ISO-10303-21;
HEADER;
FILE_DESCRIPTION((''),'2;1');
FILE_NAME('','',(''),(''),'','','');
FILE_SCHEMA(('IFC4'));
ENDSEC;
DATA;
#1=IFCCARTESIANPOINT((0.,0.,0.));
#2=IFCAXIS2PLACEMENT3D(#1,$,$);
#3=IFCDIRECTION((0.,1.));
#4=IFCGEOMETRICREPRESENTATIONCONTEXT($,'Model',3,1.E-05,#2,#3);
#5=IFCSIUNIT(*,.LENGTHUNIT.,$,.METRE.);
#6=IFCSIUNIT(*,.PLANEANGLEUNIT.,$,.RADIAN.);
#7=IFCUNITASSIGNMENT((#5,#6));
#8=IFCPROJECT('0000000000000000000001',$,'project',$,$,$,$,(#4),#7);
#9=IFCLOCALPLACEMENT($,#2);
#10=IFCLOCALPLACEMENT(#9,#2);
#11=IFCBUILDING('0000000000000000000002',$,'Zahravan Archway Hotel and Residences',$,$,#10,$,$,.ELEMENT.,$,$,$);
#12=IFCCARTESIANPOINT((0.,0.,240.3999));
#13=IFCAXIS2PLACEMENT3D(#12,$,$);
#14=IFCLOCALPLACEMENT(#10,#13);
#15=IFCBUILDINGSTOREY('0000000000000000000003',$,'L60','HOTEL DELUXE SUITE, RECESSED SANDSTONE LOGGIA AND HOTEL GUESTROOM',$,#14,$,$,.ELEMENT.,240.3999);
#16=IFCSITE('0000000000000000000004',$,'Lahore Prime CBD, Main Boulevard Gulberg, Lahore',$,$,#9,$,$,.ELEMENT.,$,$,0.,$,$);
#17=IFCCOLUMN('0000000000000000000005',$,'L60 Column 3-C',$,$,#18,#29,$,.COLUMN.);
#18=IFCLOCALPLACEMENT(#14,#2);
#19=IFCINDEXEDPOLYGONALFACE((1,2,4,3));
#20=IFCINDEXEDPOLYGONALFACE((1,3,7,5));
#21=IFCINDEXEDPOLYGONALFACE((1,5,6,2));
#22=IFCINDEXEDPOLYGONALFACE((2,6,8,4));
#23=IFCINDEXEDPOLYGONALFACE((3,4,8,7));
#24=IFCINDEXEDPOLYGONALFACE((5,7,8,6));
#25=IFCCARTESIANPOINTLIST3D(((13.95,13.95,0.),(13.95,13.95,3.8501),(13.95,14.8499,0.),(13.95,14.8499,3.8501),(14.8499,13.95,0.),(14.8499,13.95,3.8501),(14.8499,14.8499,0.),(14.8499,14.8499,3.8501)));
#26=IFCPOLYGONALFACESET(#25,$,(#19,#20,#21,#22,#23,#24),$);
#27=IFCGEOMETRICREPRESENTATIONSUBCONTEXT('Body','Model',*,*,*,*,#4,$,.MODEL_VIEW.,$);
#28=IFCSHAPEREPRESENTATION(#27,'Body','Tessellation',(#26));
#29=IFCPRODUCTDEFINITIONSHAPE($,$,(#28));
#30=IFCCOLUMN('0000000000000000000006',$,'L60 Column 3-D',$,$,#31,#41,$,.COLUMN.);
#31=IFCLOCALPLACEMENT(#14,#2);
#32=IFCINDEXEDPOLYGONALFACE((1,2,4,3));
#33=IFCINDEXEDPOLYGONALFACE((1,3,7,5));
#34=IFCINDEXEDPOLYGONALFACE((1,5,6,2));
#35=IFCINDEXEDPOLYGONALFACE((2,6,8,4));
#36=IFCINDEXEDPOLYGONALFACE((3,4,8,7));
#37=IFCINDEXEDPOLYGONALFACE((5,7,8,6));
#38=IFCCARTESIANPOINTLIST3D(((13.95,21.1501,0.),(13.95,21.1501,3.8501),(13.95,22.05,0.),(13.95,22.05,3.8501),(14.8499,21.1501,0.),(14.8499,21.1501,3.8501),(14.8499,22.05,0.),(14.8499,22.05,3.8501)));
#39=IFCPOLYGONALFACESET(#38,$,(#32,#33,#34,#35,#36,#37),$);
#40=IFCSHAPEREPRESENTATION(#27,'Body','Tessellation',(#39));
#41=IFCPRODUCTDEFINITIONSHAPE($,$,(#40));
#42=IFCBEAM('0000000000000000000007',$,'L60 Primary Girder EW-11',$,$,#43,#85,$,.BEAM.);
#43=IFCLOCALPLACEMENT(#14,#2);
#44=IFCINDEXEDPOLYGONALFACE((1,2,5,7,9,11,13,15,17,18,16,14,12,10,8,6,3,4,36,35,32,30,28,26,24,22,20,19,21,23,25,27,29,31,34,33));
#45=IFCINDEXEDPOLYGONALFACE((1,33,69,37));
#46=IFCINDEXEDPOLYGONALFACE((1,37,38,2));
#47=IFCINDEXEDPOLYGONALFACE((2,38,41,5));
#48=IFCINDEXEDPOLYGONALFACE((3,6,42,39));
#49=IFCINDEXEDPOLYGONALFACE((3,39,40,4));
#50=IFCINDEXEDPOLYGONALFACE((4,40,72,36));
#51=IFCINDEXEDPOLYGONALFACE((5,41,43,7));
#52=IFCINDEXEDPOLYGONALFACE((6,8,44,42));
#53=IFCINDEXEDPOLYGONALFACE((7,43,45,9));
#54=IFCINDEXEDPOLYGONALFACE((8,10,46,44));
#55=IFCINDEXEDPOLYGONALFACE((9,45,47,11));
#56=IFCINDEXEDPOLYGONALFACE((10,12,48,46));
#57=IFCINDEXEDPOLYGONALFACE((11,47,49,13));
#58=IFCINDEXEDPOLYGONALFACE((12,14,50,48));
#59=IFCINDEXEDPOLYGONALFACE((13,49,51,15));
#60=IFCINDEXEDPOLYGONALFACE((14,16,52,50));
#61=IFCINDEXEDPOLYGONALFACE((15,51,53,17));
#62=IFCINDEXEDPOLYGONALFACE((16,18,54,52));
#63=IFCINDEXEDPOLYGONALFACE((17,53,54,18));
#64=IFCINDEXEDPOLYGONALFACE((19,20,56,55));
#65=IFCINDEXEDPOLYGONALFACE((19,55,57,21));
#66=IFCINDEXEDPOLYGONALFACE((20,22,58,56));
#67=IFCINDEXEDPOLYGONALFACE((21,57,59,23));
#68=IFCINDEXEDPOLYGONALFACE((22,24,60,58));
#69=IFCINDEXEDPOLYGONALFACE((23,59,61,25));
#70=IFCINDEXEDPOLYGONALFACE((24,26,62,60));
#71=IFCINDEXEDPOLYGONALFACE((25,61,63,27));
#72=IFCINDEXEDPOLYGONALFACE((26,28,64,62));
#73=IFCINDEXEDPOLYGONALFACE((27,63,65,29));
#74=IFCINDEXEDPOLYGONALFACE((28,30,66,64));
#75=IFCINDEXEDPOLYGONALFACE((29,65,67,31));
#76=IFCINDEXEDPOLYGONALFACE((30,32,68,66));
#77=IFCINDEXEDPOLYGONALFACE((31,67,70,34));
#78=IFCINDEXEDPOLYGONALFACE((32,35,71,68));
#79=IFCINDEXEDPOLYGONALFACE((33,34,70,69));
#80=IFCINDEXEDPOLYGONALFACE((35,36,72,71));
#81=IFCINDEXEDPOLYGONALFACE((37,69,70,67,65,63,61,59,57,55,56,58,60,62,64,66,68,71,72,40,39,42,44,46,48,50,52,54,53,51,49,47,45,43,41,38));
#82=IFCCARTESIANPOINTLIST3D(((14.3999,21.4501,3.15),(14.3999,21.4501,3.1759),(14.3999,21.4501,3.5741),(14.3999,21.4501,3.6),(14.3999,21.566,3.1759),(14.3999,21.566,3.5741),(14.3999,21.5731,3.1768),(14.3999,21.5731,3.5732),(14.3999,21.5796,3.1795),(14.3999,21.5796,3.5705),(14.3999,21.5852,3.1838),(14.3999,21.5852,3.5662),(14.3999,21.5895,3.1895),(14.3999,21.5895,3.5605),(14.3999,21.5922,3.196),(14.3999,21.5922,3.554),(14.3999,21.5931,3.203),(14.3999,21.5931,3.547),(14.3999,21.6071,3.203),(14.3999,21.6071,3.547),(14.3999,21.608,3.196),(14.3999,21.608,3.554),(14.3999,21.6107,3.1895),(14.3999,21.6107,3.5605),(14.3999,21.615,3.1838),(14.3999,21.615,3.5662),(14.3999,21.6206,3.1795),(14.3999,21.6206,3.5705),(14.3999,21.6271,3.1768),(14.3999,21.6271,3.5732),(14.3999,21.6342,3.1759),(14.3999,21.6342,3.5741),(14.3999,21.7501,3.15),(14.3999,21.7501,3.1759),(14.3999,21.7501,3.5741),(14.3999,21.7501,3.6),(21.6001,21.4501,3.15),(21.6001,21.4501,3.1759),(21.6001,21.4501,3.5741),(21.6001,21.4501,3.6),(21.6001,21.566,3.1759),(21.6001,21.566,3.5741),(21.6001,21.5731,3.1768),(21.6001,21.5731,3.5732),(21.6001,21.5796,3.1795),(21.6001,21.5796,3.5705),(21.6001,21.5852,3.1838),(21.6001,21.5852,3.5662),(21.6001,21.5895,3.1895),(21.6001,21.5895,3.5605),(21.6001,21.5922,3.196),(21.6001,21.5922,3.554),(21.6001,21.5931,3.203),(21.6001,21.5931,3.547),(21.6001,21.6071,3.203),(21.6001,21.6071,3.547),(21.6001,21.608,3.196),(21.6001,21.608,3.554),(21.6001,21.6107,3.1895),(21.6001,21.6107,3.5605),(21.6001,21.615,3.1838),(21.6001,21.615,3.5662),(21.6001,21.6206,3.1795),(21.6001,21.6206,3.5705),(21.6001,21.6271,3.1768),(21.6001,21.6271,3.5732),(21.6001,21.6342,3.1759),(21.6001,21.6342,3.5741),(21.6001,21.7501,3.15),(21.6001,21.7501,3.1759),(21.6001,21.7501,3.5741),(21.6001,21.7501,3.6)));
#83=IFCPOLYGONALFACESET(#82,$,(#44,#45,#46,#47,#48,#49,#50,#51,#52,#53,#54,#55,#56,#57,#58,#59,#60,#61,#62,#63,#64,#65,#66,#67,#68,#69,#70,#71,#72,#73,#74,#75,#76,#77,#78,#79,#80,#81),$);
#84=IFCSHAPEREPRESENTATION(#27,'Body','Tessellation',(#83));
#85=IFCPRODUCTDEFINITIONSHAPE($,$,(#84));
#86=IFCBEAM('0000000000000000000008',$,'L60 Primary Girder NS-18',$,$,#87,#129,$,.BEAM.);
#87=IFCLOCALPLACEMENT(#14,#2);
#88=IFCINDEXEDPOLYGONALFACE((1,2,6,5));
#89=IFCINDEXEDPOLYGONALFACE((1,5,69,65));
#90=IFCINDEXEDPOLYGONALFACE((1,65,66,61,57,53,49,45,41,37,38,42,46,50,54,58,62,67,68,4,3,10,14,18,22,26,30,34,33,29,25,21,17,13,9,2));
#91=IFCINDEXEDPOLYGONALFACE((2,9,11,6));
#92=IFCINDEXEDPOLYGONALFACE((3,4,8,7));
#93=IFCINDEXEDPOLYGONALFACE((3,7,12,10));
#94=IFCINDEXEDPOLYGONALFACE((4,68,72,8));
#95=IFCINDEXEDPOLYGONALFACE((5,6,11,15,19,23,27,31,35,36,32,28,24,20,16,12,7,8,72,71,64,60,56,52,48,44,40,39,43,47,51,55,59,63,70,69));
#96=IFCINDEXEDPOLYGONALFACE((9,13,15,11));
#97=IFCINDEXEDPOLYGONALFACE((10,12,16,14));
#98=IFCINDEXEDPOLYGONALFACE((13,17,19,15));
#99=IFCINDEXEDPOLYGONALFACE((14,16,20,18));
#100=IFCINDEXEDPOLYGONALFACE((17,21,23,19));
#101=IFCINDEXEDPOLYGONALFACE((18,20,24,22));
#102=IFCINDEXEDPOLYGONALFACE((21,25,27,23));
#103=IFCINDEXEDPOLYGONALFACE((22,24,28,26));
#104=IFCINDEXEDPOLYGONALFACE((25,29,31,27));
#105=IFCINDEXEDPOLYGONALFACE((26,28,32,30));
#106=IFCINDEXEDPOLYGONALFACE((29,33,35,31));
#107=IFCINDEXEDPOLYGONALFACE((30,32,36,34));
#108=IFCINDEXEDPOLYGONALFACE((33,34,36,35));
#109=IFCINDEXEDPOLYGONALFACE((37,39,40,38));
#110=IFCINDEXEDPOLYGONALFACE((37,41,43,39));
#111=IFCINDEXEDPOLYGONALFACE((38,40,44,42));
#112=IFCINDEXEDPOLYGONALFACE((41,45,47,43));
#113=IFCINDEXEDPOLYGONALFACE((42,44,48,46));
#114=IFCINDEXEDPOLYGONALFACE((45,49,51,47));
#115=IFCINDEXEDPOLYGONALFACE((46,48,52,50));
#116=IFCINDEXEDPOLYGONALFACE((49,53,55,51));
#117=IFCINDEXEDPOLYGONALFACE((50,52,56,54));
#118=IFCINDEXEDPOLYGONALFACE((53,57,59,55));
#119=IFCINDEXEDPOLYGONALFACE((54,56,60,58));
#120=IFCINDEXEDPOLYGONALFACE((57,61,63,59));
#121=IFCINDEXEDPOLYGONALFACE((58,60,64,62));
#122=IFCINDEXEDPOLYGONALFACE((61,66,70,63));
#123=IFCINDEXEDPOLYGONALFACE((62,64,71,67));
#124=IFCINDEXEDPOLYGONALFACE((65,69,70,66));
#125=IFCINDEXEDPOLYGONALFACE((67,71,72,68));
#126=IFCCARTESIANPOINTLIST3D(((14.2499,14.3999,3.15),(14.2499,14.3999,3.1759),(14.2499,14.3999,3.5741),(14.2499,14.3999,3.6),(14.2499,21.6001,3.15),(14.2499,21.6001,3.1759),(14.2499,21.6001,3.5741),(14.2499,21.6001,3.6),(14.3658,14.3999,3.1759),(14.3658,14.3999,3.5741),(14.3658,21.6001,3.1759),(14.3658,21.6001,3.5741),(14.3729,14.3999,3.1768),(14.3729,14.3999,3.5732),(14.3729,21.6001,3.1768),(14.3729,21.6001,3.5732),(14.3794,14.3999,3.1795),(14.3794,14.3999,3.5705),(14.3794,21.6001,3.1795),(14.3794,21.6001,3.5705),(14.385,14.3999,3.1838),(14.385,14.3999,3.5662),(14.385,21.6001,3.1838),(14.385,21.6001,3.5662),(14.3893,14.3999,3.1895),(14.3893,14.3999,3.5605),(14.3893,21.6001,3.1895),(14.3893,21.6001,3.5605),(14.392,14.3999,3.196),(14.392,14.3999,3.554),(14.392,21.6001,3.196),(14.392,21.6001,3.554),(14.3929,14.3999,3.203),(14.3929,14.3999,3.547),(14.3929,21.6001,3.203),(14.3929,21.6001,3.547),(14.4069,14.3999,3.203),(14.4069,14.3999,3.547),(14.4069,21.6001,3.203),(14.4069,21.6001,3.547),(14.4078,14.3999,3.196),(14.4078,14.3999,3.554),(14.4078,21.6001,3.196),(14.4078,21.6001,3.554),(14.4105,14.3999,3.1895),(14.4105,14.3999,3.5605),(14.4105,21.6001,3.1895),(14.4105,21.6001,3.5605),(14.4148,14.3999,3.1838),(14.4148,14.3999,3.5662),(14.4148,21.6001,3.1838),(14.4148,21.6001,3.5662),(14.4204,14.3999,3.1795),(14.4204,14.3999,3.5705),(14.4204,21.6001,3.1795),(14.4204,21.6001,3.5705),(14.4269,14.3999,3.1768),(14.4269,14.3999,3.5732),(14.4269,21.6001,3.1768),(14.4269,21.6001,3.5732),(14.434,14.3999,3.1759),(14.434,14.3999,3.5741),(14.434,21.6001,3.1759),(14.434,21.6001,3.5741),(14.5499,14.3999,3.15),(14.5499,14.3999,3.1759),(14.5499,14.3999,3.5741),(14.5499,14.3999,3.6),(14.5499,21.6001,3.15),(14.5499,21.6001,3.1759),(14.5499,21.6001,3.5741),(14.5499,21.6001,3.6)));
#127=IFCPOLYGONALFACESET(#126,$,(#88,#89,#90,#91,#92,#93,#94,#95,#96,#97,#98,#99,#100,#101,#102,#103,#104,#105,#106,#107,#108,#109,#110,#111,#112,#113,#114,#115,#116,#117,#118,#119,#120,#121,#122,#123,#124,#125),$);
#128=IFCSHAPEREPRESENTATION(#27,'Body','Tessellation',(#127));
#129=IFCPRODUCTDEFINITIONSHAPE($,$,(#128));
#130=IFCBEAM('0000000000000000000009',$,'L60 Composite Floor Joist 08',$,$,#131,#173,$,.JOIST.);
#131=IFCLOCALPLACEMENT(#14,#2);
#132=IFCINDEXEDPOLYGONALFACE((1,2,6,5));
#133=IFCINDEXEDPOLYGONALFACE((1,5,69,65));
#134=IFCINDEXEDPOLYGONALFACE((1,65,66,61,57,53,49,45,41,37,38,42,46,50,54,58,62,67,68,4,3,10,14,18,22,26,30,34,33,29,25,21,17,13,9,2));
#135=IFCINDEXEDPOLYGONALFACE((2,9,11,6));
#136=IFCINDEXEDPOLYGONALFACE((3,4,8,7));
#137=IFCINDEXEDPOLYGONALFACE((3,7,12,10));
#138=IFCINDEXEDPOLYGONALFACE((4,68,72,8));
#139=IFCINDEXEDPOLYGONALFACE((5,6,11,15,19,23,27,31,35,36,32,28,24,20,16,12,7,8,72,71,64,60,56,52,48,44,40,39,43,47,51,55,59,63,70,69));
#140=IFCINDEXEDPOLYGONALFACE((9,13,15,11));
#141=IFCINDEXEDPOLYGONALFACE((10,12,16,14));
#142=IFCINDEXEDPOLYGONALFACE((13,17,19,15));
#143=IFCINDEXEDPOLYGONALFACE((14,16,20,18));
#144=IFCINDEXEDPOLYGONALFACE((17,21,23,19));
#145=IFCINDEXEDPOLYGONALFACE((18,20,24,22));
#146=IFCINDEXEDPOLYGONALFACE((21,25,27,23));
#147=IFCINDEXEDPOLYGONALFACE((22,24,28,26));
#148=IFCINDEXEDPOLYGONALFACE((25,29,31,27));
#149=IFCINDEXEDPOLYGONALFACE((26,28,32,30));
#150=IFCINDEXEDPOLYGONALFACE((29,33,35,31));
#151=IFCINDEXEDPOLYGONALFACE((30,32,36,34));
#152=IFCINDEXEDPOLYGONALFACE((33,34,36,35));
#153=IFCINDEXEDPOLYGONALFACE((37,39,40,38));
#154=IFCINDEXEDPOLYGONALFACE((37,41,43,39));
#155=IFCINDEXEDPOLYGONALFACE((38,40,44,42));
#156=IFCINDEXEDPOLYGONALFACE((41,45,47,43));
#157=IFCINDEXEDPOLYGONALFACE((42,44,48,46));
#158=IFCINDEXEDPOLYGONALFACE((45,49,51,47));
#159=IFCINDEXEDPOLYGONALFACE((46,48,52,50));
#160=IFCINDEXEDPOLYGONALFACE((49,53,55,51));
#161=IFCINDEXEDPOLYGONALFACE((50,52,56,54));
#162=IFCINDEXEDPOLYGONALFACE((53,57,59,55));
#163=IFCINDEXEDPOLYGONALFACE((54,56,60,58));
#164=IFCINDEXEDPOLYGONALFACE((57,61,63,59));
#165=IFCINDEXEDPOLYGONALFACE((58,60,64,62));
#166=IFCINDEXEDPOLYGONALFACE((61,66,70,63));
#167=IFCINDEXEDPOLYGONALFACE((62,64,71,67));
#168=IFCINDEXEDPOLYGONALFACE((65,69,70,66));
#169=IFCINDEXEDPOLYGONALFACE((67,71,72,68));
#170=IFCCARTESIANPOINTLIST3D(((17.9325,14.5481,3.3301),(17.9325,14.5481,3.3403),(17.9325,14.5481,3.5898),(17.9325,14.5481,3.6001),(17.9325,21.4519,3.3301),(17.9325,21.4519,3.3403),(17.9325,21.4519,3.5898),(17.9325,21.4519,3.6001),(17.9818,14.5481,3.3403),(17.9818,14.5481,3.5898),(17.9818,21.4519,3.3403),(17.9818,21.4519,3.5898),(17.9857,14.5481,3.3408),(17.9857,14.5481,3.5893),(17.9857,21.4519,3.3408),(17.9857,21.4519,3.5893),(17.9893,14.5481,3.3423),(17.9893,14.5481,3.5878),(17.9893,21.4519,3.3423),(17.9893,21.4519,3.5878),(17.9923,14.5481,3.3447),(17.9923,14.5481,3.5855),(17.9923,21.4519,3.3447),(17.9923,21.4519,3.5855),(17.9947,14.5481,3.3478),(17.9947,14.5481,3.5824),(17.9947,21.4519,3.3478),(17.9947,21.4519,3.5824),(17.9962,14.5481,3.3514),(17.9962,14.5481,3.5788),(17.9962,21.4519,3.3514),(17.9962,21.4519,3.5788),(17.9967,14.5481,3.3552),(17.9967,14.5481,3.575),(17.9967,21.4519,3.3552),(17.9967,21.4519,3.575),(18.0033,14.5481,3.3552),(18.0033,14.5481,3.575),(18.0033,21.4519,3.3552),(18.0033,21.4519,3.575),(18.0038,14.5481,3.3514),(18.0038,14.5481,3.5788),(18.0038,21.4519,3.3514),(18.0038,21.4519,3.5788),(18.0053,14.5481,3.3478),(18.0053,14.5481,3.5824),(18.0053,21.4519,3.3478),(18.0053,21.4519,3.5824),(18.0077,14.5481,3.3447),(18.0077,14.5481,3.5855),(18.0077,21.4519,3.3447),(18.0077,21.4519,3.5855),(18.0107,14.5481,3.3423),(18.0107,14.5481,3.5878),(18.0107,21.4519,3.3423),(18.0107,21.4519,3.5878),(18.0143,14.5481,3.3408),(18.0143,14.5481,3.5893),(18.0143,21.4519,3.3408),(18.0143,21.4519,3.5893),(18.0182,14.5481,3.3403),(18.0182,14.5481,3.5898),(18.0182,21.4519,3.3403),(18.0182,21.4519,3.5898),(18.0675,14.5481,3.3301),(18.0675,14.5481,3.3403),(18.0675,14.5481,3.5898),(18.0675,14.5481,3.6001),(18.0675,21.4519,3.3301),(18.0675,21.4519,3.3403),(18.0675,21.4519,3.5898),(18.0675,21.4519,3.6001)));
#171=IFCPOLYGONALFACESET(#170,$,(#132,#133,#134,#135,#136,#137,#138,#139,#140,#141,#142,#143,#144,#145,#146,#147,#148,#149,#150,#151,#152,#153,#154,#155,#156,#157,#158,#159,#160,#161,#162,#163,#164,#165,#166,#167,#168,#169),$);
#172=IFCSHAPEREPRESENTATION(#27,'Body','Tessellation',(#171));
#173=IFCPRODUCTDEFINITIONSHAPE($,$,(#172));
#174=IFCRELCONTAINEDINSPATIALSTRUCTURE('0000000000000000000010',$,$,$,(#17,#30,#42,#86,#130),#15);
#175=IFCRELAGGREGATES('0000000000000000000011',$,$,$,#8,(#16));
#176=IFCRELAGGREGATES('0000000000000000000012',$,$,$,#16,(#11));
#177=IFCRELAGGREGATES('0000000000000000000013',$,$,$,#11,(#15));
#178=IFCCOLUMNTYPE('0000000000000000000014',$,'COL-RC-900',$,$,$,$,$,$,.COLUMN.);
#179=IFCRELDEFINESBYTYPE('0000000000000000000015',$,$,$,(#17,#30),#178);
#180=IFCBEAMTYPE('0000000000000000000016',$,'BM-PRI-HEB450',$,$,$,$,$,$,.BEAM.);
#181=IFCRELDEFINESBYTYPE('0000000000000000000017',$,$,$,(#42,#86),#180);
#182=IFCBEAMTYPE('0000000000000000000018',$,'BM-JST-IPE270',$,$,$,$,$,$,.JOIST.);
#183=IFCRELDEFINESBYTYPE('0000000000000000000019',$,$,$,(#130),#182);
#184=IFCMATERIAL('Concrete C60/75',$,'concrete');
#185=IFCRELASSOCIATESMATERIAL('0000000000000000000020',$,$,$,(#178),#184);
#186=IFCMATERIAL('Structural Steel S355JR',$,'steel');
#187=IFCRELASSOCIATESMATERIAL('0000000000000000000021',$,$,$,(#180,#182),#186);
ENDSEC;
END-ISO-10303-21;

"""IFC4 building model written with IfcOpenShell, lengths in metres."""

from ifc_helpers import new_model, si_unit, direction, frame, origin, origin_2d, place, context, subcontext, project, spatial, rectangle, i_section, extrude, source, transform, mapped, material, material_profile, profile_set, type_object, type_shapes, element, save


model = new_model("IFC4")

# Units and contexts
model_context = context("Model", 3, precision=1e-05, world=origin(), true_north=direction((0.0, 1.0)))
body_context = subcontext(model_context, "Body", "Model", "MODEL_VIEW")
ifc_project = project(units=[si_unit("LENGTHUNIT", "METRE"), si_unit("PLANEANGLEUNIT", "RADIAN")], contexts=[model_context])

# Site, building, storey
site_placement = place(None, origin())
site = spatial("IfcSite", under=ifc_project, at=site_placement, Name="Lahore Prime CBD, Main Boulevard Gulberg, Lahore", CompositionType="ELEMENT", RefElevation=0.0)
building_placement = place(site_placement, origin())
building = spatial("IfcBuilding", under=site, at=building_placement, Name="Zahravan Archway Hotel and Residences", CompositionType="ELEMENT")
storey_placement = place(building_placement, frame((0.0, 0.0, 240.3999)))
storey = spatial("IfcBuildingStorey", under=building, at=storey_placement, Name="L60", Description="HOTEL DELUXE SUITE, RECESSED SANDSTONE LOGGIA AND HOTEL GUESTROOM", CompositionType="ELEMENT", Elevation=240.3999)

# Columns
ifc_material_1 = material(Name="Concrete C60/75", Category="concrete")
ifc_material_profile_1 = material_profile(ifc_material_1, rectangle(XDim=0.8999, YDim=0.8999, at=origin_2d()), Name="RC-COL-900x900", Category="concrete")
ifc_profile_set_1 = profile_set([ifc_material_profile_1], Name="Concrete C60/75")
column_type = type_object("IfcColumnType", Name="COL-RC-900", PredefinedType="COLUMN", material=ifc_profile_set_1)
shared_shape_1 = source(origin(), body_context, "Body", "SweptSolid", [
    extrude(rectangle(XDim=0.8999, YDim=0.8999, at=origin_2d()), origin(), (0.0, 0.0, 1.0), 3.8501),
])
type_shapes(column_type, [shared_shape_1])
for number, where, z_axis, x_axis, name in (
    (1, (14.3999, 14.3999, 0.0), (0.0, 0.0, 1.0), (1.0, 0.0, 0.0), "L60 Column 3-C"),
    (2, (14.3999, 21.6001, 0.0), (0.0, 0.0, 1.0), (1.0, 0.0, 0.0), "L60 Column 3-D"),
):
    element("IfcColumn", number, at=place(storey_placement, frame(where, z_axis=z_axis, x_axis=x_axis)), inside=storey, type_object=column_type, Name=name, PredefinedType="COLUMN", context=body_context, shape_type="MappedRepresentation", body=[
        mapped(shared_shape_1, transform((0.0, 0.0, 0.0), scale=1.0)),
    ])

# Beams
ifc_material_2 = material(Name="Structural Steel S355JR", Category="steel")
ifc_material_profile_2 = material_profile(ifc_material_2, i_section(OverallWidth=0.3, OverallDepth=0.45, WebThickness=0.0139, FlangeThickness=0.0259, FilletRadius=0.0271, at=origin_2d()), Name="HEB 450", Category="steel")
ifc_profile_set_2 = profile_set([ifc_material_profile_2], Name="Structural Steel S355JR")
beam_type_1 = type_object("IfcBeamType", Name="BM-PRI-HEB450", PredefinedType="BEAM", material=ifc_profile_set_2)
shared_shape_2 = source(origin(), body_context, "Body", "SweptSolid", [
    extrude(i_section(OverallWidth=0.3, OverallDepth=0.45, WebThickness=0.0139, FlangeThickness=0.0259, FilletRadius=0.0271, at=origin_2d()), origin(), (0.0, 0.0, 1.0), 7.2002),
])
type_shapes(beam_type_1, [shared_shape_2])
for number, where, z_axis, x_axis, name in (
    (3, (14.3999, 21.6001, 3.375), (1.0, 0.0, 0.0), (0.0, 1.0, 0.0), "L60 Primary Girder EW-11"),
    (4, (14.3999, 14.3999, 3.375), (0.0, 1.0, 0.0), (-1.0, 0.0, 0.0), "L60 Primary Girder NS-18"),
):
    element("IfcBeam", number, at=place(storey_placement, frame(where, z_axis=z_axis, x_axis=x_axis)), inside=storey, type_object=beam_type_1, Name=name, PredefinedType="BEAM", context=body_context, shape_type="MappedRepresentation", body=[
        mapped(shared_shape_2, transform((0.0, 0.0, 0.0), scale=1.0)),
    ])
ifc_material_profile_3 = material_profile(ifc_material_2, i_section(OverallWidth=0.135, OverallDepth=0.27, WebThickness=0.0066, FlangeThickness=0.0103, FilletRadius=0.0149, at=origin_2d()), Name="IPE 270", Category="steel")
ifc_profile_set_3 = profile_set([ifc_material_profile_3], Name="Structural Steel S355JR")
beam_type_2 = type_object("IfcBeamType", Name="BM-JST-IPE270", PredefinedType="JOIST", material=ifc_profile_set_3)
shared_shape_3 = source(origin(), body_context, "Body", "SweptSolid", [
    extrude(i_section(OverallWidth=0.135, OverallDepth=0.27, WebThickness=0.0066, FlangeThickness=0.0103, FilletRadius=0.0149, at=origin_2d()), origin(), (0.0, 0.0, 1.0), 6.9038),
])
beam_1_placement = place(storey_placement, frame((18.0, 14.5481, 3.4651), z_axis=(0.0, 1.0, 0.0), x_axis=(-1.0, 0.0, 0.0)))
element("IfcBeam", 5, at=beam_1_placement, inside=storey, type_object=beam_type_2, Name="L60 Composite Floor Joist 08", PredefinedType="JOIST", context=body_context, shape_type="MappedRepresentation", body=[
    mapped(shared_shape_3, transform((0.0, 0.0, 0.0), scale=1.0)),
])

save(model, "model.ifc")
